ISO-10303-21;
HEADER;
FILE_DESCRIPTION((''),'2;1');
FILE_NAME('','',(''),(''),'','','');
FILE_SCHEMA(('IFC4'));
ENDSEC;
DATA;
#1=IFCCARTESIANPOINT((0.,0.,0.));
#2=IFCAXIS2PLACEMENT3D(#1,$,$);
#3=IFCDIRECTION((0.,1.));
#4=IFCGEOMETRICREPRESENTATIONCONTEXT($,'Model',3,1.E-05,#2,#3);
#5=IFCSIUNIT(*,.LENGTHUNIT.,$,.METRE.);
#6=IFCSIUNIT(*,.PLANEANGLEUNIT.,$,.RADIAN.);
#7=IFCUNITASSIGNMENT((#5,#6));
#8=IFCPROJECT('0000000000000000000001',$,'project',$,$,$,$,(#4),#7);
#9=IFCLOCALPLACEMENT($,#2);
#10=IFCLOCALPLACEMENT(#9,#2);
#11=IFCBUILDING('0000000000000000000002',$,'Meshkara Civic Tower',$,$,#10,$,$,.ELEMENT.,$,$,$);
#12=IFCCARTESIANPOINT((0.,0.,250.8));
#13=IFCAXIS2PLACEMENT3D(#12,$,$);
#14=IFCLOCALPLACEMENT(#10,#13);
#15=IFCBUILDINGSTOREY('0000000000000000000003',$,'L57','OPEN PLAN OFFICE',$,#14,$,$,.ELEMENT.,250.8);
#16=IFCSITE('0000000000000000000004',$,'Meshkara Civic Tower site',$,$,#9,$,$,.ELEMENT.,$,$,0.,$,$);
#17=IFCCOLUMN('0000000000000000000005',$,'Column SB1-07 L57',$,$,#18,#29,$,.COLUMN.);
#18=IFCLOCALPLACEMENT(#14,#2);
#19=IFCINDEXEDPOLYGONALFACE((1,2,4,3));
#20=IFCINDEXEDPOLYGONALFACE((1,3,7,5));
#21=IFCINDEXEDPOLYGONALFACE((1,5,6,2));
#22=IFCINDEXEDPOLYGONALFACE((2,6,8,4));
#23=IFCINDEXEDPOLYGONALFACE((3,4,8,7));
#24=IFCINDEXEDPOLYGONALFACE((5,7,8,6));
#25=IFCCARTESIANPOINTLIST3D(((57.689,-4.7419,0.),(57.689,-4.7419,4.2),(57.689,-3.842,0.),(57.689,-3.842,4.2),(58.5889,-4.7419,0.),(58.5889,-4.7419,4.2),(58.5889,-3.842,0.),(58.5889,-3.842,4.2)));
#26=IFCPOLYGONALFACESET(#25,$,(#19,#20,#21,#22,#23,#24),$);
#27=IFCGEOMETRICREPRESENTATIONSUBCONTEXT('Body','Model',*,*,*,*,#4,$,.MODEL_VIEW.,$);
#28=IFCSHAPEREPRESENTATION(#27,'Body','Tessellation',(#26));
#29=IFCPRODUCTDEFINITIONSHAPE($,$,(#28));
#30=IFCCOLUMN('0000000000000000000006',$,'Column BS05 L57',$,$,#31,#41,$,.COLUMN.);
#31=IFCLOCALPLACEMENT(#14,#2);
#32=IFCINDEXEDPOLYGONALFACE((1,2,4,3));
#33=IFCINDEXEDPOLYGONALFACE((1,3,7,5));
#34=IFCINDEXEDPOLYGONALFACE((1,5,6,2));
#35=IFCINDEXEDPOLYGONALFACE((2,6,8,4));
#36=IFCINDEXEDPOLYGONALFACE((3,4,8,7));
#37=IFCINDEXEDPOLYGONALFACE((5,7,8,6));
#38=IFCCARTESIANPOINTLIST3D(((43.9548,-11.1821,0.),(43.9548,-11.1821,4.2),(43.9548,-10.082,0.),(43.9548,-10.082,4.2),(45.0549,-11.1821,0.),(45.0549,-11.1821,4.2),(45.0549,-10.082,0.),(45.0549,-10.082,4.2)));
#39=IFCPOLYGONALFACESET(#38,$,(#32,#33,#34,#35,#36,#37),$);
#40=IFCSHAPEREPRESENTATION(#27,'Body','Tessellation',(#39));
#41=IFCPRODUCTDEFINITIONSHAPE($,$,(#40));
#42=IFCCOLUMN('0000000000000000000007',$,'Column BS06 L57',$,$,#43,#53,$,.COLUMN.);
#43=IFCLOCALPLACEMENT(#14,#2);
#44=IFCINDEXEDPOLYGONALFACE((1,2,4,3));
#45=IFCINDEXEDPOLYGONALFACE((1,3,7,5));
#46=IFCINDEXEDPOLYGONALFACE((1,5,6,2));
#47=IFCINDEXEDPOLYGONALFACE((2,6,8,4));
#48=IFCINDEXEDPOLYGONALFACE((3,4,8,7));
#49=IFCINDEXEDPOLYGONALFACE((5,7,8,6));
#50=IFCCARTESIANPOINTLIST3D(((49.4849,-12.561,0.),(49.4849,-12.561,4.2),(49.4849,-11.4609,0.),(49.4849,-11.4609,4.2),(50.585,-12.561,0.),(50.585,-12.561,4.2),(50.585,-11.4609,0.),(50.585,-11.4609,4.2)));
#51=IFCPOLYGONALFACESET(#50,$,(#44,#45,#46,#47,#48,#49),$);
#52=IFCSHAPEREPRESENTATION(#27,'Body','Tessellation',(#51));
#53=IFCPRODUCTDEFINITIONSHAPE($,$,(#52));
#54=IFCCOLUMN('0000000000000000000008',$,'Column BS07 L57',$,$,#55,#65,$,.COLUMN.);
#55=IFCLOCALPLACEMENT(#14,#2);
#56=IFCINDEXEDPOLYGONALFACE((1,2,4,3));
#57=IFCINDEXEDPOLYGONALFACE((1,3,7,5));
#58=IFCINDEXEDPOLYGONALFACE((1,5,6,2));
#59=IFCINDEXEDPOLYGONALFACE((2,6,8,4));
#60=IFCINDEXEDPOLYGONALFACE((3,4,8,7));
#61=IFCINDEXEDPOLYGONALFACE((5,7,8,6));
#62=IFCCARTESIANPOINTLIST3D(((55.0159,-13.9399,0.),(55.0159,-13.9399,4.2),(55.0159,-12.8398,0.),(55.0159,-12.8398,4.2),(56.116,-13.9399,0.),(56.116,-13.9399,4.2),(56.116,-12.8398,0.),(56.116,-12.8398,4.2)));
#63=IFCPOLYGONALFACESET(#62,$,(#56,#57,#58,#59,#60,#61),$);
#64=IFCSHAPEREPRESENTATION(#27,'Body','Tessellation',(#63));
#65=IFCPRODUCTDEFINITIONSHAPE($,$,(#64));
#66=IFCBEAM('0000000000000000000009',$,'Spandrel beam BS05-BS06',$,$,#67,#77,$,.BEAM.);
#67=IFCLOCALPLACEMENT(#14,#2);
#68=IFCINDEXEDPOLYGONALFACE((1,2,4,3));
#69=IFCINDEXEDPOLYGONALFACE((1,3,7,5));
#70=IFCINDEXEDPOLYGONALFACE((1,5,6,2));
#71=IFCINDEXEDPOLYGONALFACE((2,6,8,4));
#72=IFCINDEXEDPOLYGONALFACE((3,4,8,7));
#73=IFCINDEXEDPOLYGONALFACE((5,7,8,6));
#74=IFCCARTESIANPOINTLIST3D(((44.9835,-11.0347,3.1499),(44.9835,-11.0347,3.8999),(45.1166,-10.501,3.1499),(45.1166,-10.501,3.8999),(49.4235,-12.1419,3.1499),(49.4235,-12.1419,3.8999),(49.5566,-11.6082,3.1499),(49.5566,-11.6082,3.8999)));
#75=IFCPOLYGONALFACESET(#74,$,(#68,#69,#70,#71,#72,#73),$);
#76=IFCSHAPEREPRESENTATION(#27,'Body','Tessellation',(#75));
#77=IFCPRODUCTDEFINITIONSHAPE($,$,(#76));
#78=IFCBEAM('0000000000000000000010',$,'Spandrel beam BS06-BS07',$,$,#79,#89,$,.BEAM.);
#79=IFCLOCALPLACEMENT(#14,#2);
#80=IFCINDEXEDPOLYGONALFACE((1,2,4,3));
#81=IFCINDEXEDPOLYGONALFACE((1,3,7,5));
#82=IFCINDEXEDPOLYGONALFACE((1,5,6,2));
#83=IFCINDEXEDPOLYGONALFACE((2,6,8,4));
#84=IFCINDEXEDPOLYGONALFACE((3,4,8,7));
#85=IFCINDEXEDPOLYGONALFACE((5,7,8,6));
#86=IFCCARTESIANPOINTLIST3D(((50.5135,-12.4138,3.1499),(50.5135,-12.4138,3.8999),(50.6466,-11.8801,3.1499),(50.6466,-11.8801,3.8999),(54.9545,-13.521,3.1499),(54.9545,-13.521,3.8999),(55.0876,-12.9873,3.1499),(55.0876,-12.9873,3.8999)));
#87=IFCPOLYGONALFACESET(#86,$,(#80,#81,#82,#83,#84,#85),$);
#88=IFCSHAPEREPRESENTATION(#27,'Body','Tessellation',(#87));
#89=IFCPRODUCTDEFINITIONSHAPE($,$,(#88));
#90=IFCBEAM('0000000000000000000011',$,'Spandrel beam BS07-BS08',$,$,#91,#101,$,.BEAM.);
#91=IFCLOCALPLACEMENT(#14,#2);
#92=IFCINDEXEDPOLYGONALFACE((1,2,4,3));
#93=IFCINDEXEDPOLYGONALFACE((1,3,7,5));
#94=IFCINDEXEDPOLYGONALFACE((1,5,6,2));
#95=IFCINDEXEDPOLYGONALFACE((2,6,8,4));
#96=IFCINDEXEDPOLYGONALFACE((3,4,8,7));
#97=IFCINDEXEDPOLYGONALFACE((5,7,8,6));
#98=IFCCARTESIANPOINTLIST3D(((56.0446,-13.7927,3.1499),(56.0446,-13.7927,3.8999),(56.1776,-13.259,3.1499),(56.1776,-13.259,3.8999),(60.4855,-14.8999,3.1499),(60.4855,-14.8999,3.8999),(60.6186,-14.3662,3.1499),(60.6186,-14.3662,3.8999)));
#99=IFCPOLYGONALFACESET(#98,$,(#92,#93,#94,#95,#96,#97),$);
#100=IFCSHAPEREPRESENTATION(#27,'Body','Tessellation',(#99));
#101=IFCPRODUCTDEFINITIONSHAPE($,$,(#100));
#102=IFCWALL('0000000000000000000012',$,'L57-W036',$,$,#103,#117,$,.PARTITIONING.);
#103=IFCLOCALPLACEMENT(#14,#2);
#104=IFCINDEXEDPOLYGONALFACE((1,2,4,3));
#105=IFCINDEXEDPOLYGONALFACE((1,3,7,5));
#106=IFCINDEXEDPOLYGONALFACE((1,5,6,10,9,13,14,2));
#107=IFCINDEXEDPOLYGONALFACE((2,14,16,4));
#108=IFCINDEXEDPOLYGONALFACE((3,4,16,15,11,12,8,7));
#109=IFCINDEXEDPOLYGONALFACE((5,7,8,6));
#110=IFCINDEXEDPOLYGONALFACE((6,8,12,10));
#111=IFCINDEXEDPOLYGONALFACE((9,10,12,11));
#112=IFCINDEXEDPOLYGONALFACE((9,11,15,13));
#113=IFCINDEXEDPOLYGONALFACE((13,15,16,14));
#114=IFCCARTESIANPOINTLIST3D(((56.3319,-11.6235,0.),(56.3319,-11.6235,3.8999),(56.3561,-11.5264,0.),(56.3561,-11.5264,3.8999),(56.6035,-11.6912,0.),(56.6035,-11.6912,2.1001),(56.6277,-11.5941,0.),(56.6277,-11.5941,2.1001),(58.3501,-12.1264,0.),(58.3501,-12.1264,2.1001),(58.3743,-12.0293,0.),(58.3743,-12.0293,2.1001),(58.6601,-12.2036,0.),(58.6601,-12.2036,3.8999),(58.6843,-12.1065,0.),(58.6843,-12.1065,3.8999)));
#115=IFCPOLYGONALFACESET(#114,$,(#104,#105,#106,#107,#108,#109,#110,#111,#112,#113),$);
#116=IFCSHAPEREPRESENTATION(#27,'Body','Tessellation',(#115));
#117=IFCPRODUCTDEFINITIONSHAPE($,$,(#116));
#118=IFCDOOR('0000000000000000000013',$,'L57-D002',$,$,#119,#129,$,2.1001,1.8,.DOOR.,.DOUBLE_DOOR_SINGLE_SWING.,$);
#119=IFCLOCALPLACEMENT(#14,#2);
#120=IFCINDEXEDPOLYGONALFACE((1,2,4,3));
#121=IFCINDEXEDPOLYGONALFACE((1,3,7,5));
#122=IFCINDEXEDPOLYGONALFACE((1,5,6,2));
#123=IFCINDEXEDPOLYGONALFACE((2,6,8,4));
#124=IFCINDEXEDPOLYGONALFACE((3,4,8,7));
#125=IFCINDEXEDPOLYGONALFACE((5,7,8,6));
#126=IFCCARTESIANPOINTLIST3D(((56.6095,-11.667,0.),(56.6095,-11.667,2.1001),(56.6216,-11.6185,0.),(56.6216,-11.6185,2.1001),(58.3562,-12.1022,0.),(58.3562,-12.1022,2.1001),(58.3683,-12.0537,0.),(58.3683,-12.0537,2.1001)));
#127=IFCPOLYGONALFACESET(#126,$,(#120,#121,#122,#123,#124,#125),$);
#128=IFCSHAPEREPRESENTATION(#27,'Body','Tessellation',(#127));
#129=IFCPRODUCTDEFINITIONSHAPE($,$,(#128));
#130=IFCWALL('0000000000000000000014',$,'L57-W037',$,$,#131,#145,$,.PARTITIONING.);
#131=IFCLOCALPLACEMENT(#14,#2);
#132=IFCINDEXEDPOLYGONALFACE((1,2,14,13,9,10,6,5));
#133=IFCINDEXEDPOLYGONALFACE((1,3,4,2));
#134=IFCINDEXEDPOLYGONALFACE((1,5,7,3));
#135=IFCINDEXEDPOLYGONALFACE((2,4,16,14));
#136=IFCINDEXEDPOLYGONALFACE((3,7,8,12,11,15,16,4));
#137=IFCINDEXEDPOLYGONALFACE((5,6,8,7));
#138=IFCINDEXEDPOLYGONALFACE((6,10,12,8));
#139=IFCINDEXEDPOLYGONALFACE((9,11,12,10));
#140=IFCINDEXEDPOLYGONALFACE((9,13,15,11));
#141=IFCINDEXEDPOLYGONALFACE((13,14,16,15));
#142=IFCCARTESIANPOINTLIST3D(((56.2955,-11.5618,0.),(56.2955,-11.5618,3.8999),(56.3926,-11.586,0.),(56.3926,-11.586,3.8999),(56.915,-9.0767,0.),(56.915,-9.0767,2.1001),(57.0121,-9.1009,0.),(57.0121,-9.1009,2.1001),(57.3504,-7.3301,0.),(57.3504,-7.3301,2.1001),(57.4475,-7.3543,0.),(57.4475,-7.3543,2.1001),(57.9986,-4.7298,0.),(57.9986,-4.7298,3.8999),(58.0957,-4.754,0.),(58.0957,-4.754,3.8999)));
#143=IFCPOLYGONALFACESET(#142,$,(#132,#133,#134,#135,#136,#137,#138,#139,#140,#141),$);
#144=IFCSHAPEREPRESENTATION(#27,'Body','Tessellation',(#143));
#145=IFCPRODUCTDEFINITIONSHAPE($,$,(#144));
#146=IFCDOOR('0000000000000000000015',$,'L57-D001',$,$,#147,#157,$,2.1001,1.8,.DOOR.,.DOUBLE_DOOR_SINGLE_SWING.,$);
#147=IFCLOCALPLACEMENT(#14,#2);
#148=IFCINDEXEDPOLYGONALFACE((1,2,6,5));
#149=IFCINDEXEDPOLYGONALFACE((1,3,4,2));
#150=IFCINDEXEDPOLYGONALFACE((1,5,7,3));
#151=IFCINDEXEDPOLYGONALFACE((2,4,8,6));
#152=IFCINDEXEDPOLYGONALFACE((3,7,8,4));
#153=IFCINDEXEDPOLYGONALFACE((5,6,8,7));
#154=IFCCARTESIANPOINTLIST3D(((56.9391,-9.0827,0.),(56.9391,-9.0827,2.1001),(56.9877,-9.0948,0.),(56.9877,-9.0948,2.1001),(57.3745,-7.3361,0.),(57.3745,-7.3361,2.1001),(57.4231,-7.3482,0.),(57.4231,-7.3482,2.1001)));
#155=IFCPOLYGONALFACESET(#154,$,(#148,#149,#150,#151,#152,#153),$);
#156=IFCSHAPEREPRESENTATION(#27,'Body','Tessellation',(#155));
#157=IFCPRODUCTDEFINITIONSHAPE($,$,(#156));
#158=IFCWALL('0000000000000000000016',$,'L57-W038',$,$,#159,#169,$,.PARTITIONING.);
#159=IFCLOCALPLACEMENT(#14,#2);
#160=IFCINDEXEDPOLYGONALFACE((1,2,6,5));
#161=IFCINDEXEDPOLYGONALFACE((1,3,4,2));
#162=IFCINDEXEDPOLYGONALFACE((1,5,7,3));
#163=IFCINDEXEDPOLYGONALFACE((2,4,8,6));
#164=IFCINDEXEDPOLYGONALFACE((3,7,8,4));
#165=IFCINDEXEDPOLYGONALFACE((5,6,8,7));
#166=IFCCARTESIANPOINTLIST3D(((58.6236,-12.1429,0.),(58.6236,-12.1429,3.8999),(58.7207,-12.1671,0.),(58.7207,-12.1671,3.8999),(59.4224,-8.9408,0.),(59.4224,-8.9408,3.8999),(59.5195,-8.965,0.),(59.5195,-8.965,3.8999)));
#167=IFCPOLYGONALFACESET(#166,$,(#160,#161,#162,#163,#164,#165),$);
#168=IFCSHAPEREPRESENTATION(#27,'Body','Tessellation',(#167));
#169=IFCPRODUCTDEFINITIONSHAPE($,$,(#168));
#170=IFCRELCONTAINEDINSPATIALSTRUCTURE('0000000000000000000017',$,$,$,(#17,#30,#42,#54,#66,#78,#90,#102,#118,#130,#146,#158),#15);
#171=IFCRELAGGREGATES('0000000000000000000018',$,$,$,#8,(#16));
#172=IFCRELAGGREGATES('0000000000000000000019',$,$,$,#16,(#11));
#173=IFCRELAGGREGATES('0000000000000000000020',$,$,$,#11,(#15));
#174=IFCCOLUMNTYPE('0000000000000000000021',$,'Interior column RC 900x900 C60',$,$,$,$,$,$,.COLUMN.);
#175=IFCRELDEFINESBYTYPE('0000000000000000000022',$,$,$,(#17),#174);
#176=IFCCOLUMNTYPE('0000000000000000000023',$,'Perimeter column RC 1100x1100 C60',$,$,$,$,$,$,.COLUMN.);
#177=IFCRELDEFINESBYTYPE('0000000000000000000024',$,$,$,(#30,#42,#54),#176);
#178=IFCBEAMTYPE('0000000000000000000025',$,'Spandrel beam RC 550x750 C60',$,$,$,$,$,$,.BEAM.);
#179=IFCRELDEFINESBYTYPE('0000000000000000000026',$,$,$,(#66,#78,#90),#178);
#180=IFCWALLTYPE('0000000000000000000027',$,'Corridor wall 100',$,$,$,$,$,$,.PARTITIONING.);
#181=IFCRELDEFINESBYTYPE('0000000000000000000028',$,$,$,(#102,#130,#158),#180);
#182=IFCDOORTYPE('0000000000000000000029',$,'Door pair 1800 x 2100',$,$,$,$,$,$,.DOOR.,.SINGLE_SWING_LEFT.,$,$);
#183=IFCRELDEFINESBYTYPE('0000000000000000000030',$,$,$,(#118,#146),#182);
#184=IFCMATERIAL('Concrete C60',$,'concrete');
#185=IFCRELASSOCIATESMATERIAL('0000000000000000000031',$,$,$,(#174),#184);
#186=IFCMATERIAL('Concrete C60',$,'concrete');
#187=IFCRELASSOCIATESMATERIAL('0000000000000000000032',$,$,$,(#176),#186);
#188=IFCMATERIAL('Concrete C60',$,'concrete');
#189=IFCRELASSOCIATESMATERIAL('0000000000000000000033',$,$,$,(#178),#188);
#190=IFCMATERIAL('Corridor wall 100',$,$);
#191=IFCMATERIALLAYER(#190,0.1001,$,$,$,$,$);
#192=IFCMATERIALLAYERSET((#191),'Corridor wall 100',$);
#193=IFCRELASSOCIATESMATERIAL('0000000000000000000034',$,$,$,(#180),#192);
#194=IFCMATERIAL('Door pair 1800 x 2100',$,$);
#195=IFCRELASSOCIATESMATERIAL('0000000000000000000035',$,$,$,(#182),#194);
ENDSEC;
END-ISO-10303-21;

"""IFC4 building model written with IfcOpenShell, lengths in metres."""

from ifc_helpers import new_model, si_unit, direction, frame, frame_2d, origin, origin_2d, place, context, subcontext, project, spatial, rectangle, extrude, material, layer, layer_set, material_profile, profile_set, type_object, element, fill, save


model = new_model("IFC4")

# Units and contexts
model_context = context("Model", 3, precision=1e-05, world=origin(), true_north=direction((0.0, 1.0)))
body_context = subcontext(model_context, "Body", "Model", "MODEL_VIEW")
ifc_project = project(units=[si_unit("LENGTHUNIT", "METRE"), si_unit("PLANEANGLEUNIT", "RADIAN")], contexts=[model_context])

# Site, building, storey
site_placement = place(None, origin())
site = spatial("IfcSite", under=ifc_project, at=site_placement, Name="Meshkara Civic Tower site", CompositionType="ELEMENT", RefElevation=0.0)
building_placement = place(site_placement, origin())
building = spatial("IfcBuilding", under=site, at=building_placement, Name="Meshkara Civic Tower", CompositionType="ELEMENT")
storey_placement = place(building_placement, frame((0.0, 0.0, 250.8)))
storey = spatial("IfcBuildingStorey", under=building, at=storey_placement, Name="L57", Description="OPEN PLAN OFFICE", CompositionType="ELEMENT", Elevation=250.8)

# Columns
ifc_material_1 = material(Name="Concrete C60", Category="concrete")
ifc_material_profile_1 = material_profile(ifc_material_1, rectangle(XDim=0.8999, YDim=0.8999, at=origin_2d()))
ifc_profile_set_1 = profile_set([ifc_material_profile_1], Name="Concrete C60")
column_type_1 = type_object("IfcColumnType", Name="Interior column RC 900x900 C60", PredefinedType="COLUMN", material=ifc_profile_set_1)
column_placement = place(storey_placement, frame((58.1389, -4.292, 0.0), z_axis=(0.0, 0.0, 1.0), x_axis=(1.0, 0.0, 0.0)))
element("IfcColumn", 1, at=column_placement, inside=storey, type_object=column_type_1, Name="Column SB1-07 L57", PredefinedType="COLUMN", context=body_context, shape_type="SweptSolid", body=[
    extrude(rectangle(XDim=0.8999, YDim=0.8999, at=origin_2d()), origin(), (0.0, 0.0, 1.0), 4.2),
])
ifc_material_2 = material(Name="Concrete C60", Category="concrete")
ifc_material_profile_2 = material_profile(ifc_material_2, rectangle(XDim=1.1001, YDim=1.1001, at=origin_2d()))
ifc_profile_set_2 = profile_set([ifc_material_profile_2], Name="Concrete C60")
column_type_2 = type_object("IfcColumnType", Name="Perimeter column RC 1100x1100 C60", PredefinedType="COLUMN", material=ifc_profile_set_2)
for number, where, z_axis, x_axis, name in (
    (2, (44.5049, -10.6321, 0.0), (0.0, 0.0, 1.0), (1.0, 0.0, 0.0), "Column BS05 L57"),
    (3, (50.0349, -12.011, 0.0), (0.0, 0.0, 1.0), (1.0, 0.0, 0.0), "Column BS06 L57"),
    (4, (55.5659, -13.3899, 0.0), (0.0, 0.0, 1.0), (1.0, 0.0, 0.0), "Column BS07 L57"),
):
    element("IfcColumn", number, at=place(storey_placement, frame(where, z_axis=z_axis, x_axis=x_axis)), inside=storey, type_object=column_type_2, Name=name, PredefinedType="COLUMN", context=body_context, shape_type="SweptSolid", body=[
        extrude(rectangle(XDim=1.1001, YDim=1.1001, at=origin_2d()), origin(), (0.0, 0.0, 1.0), 4.2),
    ])

# Beams
ifc_material_3 = material(Name="Concrete C60", Category="concrete")
ifc_material_profile_3 = material_profile(ifc_material_3, rectangle(XDim=0.55, YDim=0.75, at=origin_2d()))
ifc_profile_set_3 = profile_set([ifc_material_profile_3], Name="Concrete C60")
beam_type = type_object("IfcBeamType", Name="Spandrel beam RC 550x750 C60", PredefinedType="BEAM", material=ifc_profile_set_3)
beam_placement = place(storey_placement, frame((45.05, -10.7678, 3.5249), z_axis=(0.970287, -0.241958, 0.0), x_axis=(0.241958, 0.970287, 0.0)))
element("IfcBeam", 5, at=beam_placement, inside=storey, type_object=beam_type, Name="Spandrel beam BS05-BS06", PredefinedType="BEAM", context=body_context, shape_type="SweptSolid", body=[
    extrude(rectangle(XDim=0.55, YDim=0.75, at=origin_2d()), origin(), (0.0, 0.0, 1.0), 4.5759),
])
for number, where, z_axis, x_axis, name in (
    (6, (50.5801, -12.147, 3.5249), (0.970299, -0.241908, 0.0), (0.241908, 0.970299, 0.0), "Spandrel beam BS06-BS07"),
    (7, (56.1111, -13.5259, 3.5249), (0.970299, -0.241908, 0.0), (0.241908, 0.970299, 0.0), "Spandrel beam BS07-BS08"),
):
    element("IfcBeam", number, at=place(storey_placement, frame(where, z_axis=z_axis, x_axis=x_axis)), inside=storey, type_object=beam_type, Name=name, PredefinedType="BEAM", context=body_context, shape_type="SweptSolid", body=[
        extrude(rectangle(XDim=0.55, YDim=0.75, at=origin_2d()), origin(), (0.0, 0.0, 1.0), 4.5769),
    ])

# Walls, openings, doors
ifc_material_4 = material(Name="Corridor wall 100")
ifc_layer_1 = layer(ifc_material_4, 0.1001)
ifc_layer_set_1 = layer_set([ifc_layer_1], Name="Corridor wall 100")
wall_type_1 = type_object("IfcWallType", Name="Corridor wall 100", PredefinedType="PARTITIONING", material=ifc_layer_set_1)
wall_1_placement = place(storey_placement, frame((56.344, -11.575, 0.0), z_axis=(0.0, 0.0, 1.0), x_axis=(0.970334, -0.241769, 0.0)))
wall_1 = element("IfcWall", 8, at=wall_1_placement, inside=storey, type_object=wall_type_1, Name="L57-W036", PredefinedType="PARTITIONING", context=body_context, shape_type="SweptSolid", body=[
    extrude(rectangle(XDim=2.3994, YDim=0.1001, at=frame_2d((1.1997, 0.0))), origin(), (0.0, 0.0, 1.0), 3.8999),
])
opening_1_placement = place(wall_1_placement, frame((0.28, 0.0, 0.0)))
opening_1 = element("IfcOpeningElement", 9, at=opening_1_placement, cuts=wall_1, PredefinedType="OPENING", context=body_context, shape_type="SweptSolid", body=[
    extrude(rectangle(XDim=1.8, YDim=2.1001, at=frame_2d((0.8999, 1.05))), frame((0.0, 0.0601, 0.0), z_axis=(0.0, -1.0, 0.0), x_axis=(1.0, 0.0, 0.0)), (0.0, 0.0, 1.0), 0.1201),
])
ifc_material_5 = material(Name="Door pair 1800 x 2100")
door_type_1 = type_object("IfcDoorType", Name="Door pair 1800 x 2100", OperationType="SINGLE_SWING_LEFT", PredefinedType="DOOR", material=ifc_material_5)
door_1_placement = place(opening_1_placement, origin())
door_1 = element("IfcDoor", 10, at=door_1_placement, inside=storey, type_object=door_type_1, Name="L57-D002", OperationType="DOUBLE_DOOR_SINGLE_SWING", OverallHeight=2.1001, OverallWidth=1.8, PredefinedType="DOOR", context=body_context, shape_type="SweptSolid", body=[
    extrude(rectangle(XDim=1.8, YDim=2.1001, at=frame_2d((0.8999, 1.05))), frame((0.0, 0.0249, 0.0), z_axis=(0.0, -1.0, 0.0), x_axis=(1.0, 0.0, 0.0)), (0.0, 0.0, 1.0), 0.05),
])
fill(opening_1, door_1)
wall_2_placement = place(storey_placement, frame((58.0471, -4.7419, 0.0), z_axis=(0.0, 0.0, 1.0), x_axis=(-0.241883, -0.970305, 0.0)))
wall_2 = element("IfcWall", 11, at=wall_2_placement, inside=storey, type_object=wall_type_1, Name="L57-W037", PredefinedType="PARTITIONING", context=body_context, shape_type="SweptSolid", body=[
    extrude(rectangle(XDim=7.041, YDim=0.1001, at=frame_2d((3.5205, 0.0))), origin(), (0.0, 0.0, 1.0), 3.8999),
])
opening_2_placement = place(wall_2_placement, frame((2.6799, 0.0, 0.0)))
opening_2 = element("IfcOpeningElement", 12, at=opening_2_placement, cuts=wall_2, PredefinedType="OPENING", context=body_context, shape_type="SweptSolid", body=[
    extrude(rectangle(XDim=1.8, YDim=2.1001, at=frame_2d((0.8999, 1.05))), frame((0.0, 0.0601, 0.0), z_axis=(0.0, -1.0, 0.0), x_axis=(1.0, 0.0, 0.0)), (0.0, 0.0, 1.0), 0.1201),
])
door_2_placement = place(opening_2_placement, origin())
door_2 = element("IfcDoor", 13, at=door_2_placement, inside=storey, type_object=door_type_1, Name="L57-D001", OperationType="DOUBLE_DOOR_SINGLE_SWING", OverallHeight=2.1001, OverallWidth=1.8, PredefinedType="DOOR", context=body_context, shape_type="SweptSolid", body=[
    extrude(rectangle(XDim=1.8, YDim=2.1001, at=frame_2d((0.8999, 1.05))), frame((0.0, 0.0249, 0.0), z_axis=(0.0, -1.0, 0.0), x_axis=(1.0, 0.0, 0.0)), (0.0, 0.0, 1.0), 0.05),
])
fill(opening_2, door_2)

# Wall
wall_3_placement = place(storey_placement, frame((58.6721, -12.155, 0.0), z_axis=(0.0, 0.0, 1.0), x_axis=(0.242048, 0.970264, 0.0)))
element("IfcWall", 14, at=wall_3_placement, inside=storey, type_object=wall_type_1, Name="L57-W038", PredefinedType="PARTITIONING", context=body_context, shape_type="SweptSolid", body=[
    extrude(rectangle(XDim=3.3003, YDim=0.1001, at=frame_2d((1.6501, 0.0))), origin(), (0.0, 0.0, 1.0), 3.8999),
])

save(model, "model.ifc")
